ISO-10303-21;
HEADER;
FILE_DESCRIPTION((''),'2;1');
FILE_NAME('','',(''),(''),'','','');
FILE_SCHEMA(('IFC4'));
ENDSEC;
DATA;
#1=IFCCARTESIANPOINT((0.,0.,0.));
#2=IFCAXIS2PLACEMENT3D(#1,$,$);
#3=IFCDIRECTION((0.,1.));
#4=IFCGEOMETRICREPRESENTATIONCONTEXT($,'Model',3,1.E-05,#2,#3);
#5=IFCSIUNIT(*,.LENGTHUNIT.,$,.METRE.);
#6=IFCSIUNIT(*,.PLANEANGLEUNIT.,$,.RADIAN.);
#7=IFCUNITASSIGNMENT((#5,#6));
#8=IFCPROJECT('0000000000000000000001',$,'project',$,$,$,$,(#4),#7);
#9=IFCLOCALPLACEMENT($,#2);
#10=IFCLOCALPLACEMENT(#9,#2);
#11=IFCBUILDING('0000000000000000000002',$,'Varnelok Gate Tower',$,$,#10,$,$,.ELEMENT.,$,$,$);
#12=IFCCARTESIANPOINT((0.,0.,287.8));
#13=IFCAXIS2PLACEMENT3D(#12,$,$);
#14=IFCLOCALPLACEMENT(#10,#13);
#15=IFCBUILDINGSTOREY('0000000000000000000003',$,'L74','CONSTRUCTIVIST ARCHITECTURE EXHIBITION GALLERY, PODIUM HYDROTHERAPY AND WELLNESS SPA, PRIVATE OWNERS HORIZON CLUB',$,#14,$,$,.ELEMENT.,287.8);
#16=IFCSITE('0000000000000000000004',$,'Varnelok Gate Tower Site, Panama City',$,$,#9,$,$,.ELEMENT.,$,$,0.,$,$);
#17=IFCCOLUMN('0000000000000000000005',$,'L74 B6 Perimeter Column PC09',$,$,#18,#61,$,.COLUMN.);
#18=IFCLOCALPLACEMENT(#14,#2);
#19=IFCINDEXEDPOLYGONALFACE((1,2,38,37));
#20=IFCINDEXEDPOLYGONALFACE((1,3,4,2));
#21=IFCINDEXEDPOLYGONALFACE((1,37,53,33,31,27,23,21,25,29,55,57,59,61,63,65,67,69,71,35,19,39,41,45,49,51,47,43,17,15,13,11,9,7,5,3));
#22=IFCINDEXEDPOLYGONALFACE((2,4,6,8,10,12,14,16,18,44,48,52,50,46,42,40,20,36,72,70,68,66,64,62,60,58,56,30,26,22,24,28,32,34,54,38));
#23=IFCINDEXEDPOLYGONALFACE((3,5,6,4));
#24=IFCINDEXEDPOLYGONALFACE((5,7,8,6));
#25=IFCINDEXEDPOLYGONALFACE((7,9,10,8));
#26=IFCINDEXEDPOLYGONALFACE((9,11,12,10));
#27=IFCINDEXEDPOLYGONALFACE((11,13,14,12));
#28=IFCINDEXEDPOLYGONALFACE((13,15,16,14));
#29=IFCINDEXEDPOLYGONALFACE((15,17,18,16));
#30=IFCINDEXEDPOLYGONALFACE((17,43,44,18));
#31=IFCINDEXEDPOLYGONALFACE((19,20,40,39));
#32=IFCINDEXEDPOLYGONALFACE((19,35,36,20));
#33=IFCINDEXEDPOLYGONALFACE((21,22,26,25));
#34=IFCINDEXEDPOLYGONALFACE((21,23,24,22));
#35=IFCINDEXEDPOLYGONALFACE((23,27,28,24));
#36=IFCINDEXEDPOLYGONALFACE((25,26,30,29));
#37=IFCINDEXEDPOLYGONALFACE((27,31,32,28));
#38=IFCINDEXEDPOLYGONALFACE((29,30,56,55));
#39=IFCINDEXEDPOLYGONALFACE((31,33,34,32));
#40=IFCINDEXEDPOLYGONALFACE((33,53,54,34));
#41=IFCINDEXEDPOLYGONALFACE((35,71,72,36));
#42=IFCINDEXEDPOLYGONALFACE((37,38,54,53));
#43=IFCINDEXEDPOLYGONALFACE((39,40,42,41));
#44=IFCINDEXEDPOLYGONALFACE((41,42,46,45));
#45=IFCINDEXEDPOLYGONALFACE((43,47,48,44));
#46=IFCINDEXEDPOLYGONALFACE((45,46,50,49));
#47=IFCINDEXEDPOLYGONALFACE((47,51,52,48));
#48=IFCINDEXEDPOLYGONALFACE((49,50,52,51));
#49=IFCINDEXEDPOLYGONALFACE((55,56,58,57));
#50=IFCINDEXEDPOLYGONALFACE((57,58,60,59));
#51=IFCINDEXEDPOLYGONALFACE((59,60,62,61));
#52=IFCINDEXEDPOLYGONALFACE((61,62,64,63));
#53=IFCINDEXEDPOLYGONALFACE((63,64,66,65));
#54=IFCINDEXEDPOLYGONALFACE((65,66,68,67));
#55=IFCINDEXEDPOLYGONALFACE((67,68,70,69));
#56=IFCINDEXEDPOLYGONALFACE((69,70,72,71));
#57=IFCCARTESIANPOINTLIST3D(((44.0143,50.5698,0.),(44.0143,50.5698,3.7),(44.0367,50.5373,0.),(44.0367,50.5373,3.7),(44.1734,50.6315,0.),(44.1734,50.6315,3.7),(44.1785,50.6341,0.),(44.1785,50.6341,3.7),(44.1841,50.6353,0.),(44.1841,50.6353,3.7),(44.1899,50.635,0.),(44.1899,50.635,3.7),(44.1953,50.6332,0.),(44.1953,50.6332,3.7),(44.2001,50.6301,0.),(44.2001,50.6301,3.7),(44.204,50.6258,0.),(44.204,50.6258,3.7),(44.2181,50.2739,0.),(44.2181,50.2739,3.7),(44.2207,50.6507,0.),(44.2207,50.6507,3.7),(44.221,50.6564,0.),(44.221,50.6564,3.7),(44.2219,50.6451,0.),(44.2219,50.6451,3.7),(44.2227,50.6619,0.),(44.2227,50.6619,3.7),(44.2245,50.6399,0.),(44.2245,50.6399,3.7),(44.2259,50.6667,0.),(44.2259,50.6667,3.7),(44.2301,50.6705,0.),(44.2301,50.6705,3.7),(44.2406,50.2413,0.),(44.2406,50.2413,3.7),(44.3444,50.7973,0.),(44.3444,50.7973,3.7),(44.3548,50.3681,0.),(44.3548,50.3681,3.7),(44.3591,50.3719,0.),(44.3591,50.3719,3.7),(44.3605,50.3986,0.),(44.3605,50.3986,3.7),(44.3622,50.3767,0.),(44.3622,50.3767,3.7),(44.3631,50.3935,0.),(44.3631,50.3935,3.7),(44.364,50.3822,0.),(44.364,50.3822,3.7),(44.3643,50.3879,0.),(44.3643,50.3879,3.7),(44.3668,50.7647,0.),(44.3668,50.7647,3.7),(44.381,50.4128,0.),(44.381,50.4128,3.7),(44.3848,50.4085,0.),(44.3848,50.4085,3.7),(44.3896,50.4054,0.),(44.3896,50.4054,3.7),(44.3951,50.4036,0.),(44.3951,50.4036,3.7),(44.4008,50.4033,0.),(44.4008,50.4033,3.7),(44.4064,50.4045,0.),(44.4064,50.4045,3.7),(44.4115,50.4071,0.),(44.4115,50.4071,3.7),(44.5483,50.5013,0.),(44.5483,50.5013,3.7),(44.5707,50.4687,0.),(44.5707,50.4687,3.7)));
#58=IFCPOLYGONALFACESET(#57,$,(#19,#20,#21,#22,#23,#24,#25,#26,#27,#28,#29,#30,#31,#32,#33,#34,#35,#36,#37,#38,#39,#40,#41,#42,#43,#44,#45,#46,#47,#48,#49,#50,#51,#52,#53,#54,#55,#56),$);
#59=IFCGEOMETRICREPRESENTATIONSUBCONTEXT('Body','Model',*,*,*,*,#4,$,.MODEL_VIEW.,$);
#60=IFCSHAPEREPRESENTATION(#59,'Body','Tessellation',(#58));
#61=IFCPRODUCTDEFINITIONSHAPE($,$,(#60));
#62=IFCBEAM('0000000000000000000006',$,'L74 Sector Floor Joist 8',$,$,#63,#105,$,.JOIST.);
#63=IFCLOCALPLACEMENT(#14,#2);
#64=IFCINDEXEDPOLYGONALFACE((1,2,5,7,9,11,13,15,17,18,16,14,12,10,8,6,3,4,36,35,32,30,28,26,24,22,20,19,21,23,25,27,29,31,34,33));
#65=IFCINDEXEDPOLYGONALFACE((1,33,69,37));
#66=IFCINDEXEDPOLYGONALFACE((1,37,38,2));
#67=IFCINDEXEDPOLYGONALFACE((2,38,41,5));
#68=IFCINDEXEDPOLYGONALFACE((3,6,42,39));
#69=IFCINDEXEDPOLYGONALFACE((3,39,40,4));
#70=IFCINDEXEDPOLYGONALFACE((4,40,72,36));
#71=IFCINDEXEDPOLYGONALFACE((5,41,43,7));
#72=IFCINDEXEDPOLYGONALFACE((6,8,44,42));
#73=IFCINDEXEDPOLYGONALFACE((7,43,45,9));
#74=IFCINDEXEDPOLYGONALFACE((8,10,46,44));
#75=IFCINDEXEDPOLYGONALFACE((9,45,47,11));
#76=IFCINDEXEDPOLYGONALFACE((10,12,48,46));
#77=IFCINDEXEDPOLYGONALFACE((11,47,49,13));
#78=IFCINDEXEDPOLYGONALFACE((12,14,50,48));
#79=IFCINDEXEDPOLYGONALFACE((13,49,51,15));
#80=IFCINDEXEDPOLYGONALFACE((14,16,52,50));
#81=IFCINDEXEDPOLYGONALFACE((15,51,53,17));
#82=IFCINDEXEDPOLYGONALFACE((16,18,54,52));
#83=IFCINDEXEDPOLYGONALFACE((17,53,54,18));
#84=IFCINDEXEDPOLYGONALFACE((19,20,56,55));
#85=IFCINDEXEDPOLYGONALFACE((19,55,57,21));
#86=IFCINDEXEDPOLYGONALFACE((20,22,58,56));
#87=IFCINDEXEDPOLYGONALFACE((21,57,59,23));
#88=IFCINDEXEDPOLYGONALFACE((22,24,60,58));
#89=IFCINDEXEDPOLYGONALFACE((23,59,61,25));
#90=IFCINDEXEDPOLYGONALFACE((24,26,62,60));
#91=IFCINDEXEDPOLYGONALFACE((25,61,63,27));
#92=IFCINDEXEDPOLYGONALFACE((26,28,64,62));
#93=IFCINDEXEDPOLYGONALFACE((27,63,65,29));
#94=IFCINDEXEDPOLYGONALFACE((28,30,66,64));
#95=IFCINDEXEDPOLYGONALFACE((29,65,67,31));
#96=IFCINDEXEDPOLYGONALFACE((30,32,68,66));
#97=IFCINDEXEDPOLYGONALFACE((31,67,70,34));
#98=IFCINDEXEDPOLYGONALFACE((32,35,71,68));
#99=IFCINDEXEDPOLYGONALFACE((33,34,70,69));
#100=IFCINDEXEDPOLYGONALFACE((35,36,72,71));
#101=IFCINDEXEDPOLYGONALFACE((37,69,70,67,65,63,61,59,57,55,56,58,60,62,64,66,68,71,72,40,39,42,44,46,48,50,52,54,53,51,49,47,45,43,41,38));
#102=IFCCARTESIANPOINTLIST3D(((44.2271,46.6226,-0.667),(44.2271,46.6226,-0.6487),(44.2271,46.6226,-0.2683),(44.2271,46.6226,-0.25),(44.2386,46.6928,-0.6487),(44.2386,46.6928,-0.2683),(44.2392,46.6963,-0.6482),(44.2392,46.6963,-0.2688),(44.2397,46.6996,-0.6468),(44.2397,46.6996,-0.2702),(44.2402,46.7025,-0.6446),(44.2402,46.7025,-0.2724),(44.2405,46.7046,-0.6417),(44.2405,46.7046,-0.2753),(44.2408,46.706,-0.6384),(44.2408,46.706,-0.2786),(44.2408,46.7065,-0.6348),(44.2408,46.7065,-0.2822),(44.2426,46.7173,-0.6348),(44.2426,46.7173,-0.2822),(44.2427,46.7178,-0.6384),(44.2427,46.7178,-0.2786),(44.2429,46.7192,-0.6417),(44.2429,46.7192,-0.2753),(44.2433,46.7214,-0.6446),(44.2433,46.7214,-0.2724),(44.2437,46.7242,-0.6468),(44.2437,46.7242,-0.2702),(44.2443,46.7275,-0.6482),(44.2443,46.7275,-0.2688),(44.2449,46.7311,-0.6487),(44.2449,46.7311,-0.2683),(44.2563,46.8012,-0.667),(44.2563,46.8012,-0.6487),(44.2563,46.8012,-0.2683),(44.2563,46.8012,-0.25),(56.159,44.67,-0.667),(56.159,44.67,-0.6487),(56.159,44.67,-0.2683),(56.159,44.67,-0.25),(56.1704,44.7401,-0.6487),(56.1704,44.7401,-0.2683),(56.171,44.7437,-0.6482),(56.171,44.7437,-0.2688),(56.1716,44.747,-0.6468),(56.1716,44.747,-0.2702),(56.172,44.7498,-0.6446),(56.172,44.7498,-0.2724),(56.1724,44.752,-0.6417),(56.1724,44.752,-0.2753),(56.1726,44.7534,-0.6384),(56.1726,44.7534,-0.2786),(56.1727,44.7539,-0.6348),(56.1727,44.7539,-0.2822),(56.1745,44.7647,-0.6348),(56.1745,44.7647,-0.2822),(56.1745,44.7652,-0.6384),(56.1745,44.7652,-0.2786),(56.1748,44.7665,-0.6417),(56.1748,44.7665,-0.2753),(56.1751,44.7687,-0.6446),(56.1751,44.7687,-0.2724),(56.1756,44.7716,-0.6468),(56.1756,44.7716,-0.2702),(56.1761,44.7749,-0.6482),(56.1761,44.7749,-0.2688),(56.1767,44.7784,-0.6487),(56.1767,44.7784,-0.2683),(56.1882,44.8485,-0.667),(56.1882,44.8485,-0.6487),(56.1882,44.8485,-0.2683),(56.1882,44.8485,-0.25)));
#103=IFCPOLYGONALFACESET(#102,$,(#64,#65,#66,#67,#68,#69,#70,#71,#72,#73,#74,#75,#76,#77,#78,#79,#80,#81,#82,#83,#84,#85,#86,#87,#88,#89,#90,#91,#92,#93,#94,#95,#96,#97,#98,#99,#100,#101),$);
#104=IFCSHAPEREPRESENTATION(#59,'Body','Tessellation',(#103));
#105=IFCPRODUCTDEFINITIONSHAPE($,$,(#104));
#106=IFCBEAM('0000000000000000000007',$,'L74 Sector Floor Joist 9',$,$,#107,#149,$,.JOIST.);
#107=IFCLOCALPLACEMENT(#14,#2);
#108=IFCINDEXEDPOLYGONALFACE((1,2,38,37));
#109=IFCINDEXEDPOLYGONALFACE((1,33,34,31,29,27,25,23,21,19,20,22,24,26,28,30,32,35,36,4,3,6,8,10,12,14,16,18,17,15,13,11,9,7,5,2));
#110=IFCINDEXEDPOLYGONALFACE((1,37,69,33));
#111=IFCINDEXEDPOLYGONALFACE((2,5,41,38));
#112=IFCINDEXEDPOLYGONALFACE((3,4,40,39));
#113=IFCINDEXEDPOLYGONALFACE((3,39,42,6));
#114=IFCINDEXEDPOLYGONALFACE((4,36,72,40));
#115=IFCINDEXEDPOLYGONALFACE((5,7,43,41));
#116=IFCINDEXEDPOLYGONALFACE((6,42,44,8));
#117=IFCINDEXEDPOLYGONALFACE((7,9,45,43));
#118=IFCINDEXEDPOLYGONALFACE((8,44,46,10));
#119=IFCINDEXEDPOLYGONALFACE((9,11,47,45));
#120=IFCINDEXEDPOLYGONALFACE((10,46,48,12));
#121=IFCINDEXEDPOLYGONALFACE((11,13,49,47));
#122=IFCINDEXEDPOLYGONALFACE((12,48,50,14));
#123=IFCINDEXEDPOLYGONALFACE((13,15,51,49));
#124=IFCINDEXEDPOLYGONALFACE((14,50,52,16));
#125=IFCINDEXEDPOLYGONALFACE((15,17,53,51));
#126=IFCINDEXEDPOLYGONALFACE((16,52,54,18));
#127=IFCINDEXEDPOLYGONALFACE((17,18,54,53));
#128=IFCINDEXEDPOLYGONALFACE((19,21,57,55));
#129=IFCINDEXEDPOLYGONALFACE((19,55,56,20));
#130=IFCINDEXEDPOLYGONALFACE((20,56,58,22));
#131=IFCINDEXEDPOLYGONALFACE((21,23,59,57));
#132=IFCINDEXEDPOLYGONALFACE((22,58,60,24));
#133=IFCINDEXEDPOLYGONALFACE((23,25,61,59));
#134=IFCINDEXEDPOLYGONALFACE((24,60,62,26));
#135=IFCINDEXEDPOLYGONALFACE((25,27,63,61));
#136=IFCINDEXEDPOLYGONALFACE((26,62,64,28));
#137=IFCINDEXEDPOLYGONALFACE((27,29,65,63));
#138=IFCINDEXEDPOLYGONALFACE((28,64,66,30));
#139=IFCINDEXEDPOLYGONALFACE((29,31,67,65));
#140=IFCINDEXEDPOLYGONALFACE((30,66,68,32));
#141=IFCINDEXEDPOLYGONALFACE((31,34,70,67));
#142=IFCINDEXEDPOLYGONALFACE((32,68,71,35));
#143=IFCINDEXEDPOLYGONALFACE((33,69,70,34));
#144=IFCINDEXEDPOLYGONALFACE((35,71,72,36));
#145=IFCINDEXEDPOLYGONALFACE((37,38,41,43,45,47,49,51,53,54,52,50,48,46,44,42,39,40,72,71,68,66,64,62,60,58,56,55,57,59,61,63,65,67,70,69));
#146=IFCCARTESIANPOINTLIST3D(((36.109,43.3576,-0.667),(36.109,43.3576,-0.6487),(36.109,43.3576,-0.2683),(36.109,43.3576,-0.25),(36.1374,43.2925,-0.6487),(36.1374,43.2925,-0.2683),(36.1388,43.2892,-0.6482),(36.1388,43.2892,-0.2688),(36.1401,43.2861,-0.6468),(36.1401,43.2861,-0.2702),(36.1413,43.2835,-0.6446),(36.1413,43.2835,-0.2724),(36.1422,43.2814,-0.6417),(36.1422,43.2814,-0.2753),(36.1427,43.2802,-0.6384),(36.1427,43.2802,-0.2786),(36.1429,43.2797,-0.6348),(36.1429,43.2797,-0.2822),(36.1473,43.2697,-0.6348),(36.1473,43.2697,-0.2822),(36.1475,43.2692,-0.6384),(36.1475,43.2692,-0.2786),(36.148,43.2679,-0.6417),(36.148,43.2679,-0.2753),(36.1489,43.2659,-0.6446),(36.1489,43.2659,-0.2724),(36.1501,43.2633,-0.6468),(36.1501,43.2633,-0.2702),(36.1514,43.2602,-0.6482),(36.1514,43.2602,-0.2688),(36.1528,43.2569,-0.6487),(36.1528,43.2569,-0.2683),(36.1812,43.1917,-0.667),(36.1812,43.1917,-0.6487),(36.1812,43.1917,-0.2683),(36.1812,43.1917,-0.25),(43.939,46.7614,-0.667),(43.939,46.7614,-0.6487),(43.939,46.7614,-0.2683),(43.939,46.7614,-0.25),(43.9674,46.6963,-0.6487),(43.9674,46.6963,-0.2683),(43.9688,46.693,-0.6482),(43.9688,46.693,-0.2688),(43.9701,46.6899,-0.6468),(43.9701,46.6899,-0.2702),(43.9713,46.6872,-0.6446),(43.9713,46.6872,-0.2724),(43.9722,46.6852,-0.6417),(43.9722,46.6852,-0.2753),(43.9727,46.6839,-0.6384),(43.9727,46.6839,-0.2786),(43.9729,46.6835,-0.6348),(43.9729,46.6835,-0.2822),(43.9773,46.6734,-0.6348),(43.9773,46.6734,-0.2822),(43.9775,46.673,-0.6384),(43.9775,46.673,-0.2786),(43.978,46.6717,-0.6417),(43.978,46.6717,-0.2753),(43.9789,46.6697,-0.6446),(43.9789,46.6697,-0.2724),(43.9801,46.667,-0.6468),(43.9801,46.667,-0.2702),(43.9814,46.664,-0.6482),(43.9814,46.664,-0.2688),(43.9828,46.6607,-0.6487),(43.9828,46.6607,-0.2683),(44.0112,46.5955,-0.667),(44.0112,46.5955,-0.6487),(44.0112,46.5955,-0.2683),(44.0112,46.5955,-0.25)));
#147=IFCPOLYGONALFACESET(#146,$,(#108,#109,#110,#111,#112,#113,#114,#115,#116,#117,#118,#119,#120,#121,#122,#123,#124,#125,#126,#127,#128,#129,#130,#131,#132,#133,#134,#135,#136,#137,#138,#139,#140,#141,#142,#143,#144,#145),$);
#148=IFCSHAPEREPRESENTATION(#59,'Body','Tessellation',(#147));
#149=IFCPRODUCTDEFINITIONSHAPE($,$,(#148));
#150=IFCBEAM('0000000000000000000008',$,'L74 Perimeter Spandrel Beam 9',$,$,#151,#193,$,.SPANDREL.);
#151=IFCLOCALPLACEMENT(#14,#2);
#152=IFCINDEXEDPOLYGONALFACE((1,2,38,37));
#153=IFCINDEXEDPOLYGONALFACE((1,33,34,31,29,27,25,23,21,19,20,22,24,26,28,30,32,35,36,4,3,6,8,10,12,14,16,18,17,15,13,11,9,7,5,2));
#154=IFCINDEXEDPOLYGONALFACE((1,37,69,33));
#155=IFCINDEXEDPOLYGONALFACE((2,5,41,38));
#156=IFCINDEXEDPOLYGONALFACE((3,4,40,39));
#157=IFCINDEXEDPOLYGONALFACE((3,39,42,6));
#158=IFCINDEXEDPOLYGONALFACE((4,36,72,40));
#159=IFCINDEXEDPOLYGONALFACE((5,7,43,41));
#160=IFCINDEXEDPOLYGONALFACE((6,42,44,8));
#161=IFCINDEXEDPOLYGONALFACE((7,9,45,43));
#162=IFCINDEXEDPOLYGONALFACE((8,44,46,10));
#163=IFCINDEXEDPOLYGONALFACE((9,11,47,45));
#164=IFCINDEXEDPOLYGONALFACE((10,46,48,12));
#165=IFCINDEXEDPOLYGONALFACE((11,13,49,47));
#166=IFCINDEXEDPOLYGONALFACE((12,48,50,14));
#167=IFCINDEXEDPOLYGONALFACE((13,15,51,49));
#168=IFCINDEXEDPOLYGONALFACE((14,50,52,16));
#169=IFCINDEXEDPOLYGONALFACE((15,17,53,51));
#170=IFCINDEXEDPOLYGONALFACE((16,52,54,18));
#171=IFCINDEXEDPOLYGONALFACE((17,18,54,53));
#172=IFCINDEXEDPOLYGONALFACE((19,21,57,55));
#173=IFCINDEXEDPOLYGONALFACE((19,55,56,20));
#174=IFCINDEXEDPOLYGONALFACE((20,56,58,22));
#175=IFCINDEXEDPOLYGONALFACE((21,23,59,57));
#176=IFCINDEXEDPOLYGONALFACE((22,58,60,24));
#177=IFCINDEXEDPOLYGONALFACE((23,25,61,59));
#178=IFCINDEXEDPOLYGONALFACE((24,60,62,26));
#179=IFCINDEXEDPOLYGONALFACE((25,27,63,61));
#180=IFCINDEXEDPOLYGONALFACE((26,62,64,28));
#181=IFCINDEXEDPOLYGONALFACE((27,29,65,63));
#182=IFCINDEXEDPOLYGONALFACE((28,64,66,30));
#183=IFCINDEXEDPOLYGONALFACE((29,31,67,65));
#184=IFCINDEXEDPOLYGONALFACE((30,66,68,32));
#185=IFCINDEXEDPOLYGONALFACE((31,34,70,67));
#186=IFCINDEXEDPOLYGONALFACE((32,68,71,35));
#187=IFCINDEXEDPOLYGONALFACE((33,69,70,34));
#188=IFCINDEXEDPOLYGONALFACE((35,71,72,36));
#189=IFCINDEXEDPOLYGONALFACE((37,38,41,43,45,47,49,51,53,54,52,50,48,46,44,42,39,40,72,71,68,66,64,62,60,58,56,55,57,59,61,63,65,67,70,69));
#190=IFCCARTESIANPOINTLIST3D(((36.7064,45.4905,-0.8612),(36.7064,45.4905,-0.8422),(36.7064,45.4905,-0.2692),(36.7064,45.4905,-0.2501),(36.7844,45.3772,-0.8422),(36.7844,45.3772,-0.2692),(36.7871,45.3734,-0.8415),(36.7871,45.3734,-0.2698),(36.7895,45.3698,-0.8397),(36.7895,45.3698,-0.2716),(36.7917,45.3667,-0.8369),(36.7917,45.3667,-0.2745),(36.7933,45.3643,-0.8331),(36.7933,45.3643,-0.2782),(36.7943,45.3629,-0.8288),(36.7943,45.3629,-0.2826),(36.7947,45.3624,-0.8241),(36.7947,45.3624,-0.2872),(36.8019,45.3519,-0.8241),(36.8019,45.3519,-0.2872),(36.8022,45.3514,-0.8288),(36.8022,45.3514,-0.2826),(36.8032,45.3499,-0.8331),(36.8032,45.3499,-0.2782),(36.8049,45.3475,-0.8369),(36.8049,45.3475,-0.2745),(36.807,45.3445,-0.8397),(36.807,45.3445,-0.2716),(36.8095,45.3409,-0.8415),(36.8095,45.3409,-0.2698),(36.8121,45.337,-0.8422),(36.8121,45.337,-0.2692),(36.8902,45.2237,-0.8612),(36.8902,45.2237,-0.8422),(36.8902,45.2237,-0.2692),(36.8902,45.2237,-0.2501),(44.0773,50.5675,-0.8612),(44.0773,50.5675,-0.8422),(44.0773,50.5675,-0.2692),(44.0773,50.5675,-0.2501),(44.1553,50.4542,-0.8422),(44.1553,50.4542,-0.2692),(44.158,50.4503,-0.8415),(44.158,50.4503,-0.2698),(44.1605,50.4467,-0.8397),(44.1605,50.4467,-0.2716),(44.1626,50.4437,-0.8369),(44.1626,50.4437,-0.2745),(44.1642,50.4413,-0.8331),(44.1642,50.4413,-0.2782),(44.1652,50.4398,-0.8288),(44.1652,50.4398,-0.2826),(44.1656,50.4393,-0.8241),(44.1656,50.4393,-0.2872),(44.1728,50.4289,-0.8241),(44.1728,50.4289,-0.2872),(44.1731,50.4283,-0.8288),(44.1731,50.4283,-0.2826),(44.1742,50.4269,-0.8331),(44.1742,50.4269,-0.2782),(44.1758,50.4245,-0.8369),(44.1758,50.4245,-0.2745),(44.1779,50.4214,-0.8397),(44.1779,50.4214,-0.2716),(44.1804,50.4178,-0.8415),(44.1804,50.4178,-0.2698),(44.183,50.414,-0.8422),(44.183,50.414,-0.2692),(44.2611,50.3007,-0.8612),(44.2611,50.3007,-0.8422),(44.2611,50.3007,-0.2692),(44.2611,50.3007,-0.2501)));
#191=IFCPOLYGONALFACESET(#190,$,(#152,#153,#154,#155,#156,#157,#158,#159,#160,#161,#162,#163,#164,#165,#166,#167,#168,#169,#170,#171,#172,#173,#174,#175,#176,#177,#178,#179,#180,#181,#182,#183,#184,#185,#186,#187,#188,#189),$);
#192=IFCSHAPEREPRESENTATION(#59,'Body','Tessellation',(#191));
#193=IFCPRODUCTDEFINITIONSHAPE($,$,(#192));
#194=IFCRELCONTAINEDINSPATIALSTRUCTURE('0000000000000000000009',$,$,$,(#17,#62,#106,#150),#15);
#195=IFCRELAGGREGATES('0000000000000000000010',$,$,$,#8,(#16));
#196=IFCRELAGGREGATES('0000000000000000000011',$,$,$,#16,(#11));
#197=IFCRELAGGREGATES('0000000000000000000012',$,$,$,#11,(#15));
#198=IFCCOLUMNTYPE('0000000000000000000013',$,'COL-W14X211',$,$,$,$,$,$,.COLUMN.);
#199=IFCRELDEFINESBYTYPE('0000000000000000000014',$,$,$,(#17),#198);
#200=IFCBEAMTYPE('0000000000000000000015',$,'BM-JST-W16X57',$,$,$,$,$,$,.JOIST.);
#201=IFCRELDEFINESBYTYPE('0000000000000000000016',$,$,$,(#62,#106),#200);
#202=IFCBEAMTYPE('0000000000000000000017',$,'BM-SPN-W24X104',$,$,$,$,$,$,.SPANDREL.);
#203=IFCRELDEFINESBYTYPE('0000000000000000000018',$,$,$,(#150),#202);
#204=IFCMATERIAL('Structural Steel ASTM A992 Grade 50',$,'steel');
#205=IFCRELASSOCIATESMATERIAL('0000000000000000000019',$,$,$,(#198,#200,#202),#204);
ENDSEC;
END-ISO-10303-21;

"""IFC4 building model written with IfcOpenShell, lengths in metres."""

from ifc_helpers import new_model, si_unit, direction, frame, origin, origin_2d, place, context, subcontext, project, spatial, i_section, extrude, material, material_profile, profile_set, type_object, element, save


model = new_model("IFC4")

# Units and contexts
model_context = context("Model", 3, precision=1e-05, world=origin(), true_north=direction((0.0, 1.0)))
body_context = subcontext(model_context, "Body", "Model", "MODEL_VIEW")
ifc_project = project(units=[si_unit("LENGTHUNIT", "METRE"), si_unit("PLANEANGLEUNIT", "RADIAN")], contexts=[model_context])

# Site, building, storey
site_placement = place(None, origin())
site = spatial("IfcSite", under=ifc_project, at=site_placement, Name="Varnelok Gate Tower Site, Panama City", CompositionType="ELEMENT", RefElevation=0.0)
building_placement = place(site_placement, origin())
building = spatial("IfcBuilding", under=site, at=building_placement, Name="Varnelok Gate Tower", CompositionType="ELEMENT")
storey_placement = place(building_placement, frame((0.0, 0.0, 287.8)))
storey = spatial("IfcBuildingStorey", under=building, at=storey_placement, Name="L74", Description="CONSTRUCTIVIST ARCHITECTURE EXHIBITION GALLERY, PODIUM HYDROTHERAPY AND WELLNESS SPA, PRIVATE OWNERS HORIZON CLUB", CompositionType="ELEMENT", Elevation=287.8)

# Column
ifc_material_1 = material(Name="Structural Steel ASTM A992 Grade 50", Category="steel")
ifc_material_profile_1 = material_profile(ifc_material_1, i_section(OverallWidth=0.4009, OverallDepth=0.3989, WebThickness=0.0249, FlangeThickness=0.0396, FilletRadius=0.022, at=origin_2d()), Name="W14X211")
ifc_profile_set_1 = profile_set([ifc_material_profile_1], Name="Structural Steel ASTM A992 Grade 50")
column_type = type_object("IfcColumnType", Name="COL-W14X211", PredefinedType="COLUMN", material=ifc_profile_set_1)
column_placement = place(storey_placement, frame((44.2925, 50.5193, 0.0), z_axis=(0.0, 0.0, 1.0), x_axis=(0.823533, 0.567269, 0.0)))
element("IfcColumn", 1, at=column_placement, inside=storey, type_object=column_type, Name="L74 B6 Perimeter Column PC09", PredefinedType="COLUMN", context=body_context, shape_type="SweptSolid", body=[
    extrude(i_section(OverallWidth=0.4009, OverallDepth=0.3989, WebThickness=0.0249, FlangeThickness=0.0396, FilletRadius=0.022, at=origin_2d()), origin(), (0.0, 0.0, 1.0), 3.7),
])

# Beams
ifc_material_profile_2 = material_profile(ifc_material_1, i_section(OverallWidth=0.1809, OverallDepth=0.417, WebThickness=0.011, FlangeThickness=0.0183, FilletRadius=0.0139, at=origin_2d()), Name="W16X57")
ifc_profile_set_2 = profile_set([ifc_material_profile_2], Name="Structural Steel ASTM A992 Grade 50")
beam_type_1 = type_object("IfcBeamType", Name="BM-JST-W16X57", PredefinedType="JOIST", material=ifc_profile_set_2)
beam_1_placement = place(storey_placement, frame((56.1736, 44.7593, -0.4585), z_axis=(-0.986873, 0.1615, 0.0), x_axis=(-0.1615, -0.986873, 0.0)))
element("IfcBeam", 2, at=beam_1_placement, inside=storey, type_object=beam_type_1, Name="L74 Sector Floor Joist 8", PredefinedType="JOIST", context=body_context, shape_type="SweptSolid", body=[
    extrude(i_section(OverallWidth=0.1809, OverallDepth=0.417, WebThickness=0.011, FlangeThickness=0.0183, FilletRadius=0.0139, at=origin_2d()), origin(), (0.0, 0.0, 1.0), 12.0906),
])
beam_2_placement = place(storey_placement, frame((43.9751, 46.6785, -0.4585), z_axis=(-0.917095, -0.39867, 0.0), x_axis=(0.39867, -0.917095, 0.0)))
element("IfcBeam", 3, at=beam_2_placement, inside=storey, type_object=beam_type_1, Name="L74 Sector Floor Joist 9", PredefinedType="JOIST", context=body_context, shape_type="SweptSolid", body=[
    extrude(i_section(OverallWidth=0.1809, OverallDepth=0.417, WebThickness=0.011, FlangeThickness=0.0183, FilletRadius=0.0139, at=origin_2d()), origin(), (0.0, 0.0, 1.0), 8.5378),
])
ifc_material_profile_3 = material_profile(ifc_material_1, i_section(OverallWidth=0.324, OverallDepth=0.6111, WebThickness=0.0127, FlangeThickness=0.019, FilletRadius=0.0181, at=origin_2d()), Name="W24X104")
ifc_profile_set_3 = profile_set([ifc_material_profile_3], Name="Structural Steel ASTM A992 Grade 50")
beam_type_2 = type_object("IfcBeamType", Name="BM-SPN-W24X104", PredefinedType="SPANDREL", material=ifc_profile_set_3)
beam_3_placement = place(storey_placement, frame((44.1692, 50.4341, -0.5557), z_axis=(-0.823549, -0.567245, 0.0), x_axis=(0.567245, -0.823549, 0.0)))
element("IfcBeam", 4, at=beam_3_placement, inside=storey, type_object=beam_type_2, Name="L74 Perimeter Spandrel Beam 9", PredefinedType="SPANDREL", context=body_context, shape_type="SweptSolid", body=[
    extrude(i_section(OverallWidth=0.324, OverallDepth=0.6111, WebThickness=0.0127, FlangeThickness=0.019, FilletRadius=0.0181, at=origin_2d()), origin(), (0.0, 0.0, 1.0), 8.9502),
])

save(model, "model.ifc")
